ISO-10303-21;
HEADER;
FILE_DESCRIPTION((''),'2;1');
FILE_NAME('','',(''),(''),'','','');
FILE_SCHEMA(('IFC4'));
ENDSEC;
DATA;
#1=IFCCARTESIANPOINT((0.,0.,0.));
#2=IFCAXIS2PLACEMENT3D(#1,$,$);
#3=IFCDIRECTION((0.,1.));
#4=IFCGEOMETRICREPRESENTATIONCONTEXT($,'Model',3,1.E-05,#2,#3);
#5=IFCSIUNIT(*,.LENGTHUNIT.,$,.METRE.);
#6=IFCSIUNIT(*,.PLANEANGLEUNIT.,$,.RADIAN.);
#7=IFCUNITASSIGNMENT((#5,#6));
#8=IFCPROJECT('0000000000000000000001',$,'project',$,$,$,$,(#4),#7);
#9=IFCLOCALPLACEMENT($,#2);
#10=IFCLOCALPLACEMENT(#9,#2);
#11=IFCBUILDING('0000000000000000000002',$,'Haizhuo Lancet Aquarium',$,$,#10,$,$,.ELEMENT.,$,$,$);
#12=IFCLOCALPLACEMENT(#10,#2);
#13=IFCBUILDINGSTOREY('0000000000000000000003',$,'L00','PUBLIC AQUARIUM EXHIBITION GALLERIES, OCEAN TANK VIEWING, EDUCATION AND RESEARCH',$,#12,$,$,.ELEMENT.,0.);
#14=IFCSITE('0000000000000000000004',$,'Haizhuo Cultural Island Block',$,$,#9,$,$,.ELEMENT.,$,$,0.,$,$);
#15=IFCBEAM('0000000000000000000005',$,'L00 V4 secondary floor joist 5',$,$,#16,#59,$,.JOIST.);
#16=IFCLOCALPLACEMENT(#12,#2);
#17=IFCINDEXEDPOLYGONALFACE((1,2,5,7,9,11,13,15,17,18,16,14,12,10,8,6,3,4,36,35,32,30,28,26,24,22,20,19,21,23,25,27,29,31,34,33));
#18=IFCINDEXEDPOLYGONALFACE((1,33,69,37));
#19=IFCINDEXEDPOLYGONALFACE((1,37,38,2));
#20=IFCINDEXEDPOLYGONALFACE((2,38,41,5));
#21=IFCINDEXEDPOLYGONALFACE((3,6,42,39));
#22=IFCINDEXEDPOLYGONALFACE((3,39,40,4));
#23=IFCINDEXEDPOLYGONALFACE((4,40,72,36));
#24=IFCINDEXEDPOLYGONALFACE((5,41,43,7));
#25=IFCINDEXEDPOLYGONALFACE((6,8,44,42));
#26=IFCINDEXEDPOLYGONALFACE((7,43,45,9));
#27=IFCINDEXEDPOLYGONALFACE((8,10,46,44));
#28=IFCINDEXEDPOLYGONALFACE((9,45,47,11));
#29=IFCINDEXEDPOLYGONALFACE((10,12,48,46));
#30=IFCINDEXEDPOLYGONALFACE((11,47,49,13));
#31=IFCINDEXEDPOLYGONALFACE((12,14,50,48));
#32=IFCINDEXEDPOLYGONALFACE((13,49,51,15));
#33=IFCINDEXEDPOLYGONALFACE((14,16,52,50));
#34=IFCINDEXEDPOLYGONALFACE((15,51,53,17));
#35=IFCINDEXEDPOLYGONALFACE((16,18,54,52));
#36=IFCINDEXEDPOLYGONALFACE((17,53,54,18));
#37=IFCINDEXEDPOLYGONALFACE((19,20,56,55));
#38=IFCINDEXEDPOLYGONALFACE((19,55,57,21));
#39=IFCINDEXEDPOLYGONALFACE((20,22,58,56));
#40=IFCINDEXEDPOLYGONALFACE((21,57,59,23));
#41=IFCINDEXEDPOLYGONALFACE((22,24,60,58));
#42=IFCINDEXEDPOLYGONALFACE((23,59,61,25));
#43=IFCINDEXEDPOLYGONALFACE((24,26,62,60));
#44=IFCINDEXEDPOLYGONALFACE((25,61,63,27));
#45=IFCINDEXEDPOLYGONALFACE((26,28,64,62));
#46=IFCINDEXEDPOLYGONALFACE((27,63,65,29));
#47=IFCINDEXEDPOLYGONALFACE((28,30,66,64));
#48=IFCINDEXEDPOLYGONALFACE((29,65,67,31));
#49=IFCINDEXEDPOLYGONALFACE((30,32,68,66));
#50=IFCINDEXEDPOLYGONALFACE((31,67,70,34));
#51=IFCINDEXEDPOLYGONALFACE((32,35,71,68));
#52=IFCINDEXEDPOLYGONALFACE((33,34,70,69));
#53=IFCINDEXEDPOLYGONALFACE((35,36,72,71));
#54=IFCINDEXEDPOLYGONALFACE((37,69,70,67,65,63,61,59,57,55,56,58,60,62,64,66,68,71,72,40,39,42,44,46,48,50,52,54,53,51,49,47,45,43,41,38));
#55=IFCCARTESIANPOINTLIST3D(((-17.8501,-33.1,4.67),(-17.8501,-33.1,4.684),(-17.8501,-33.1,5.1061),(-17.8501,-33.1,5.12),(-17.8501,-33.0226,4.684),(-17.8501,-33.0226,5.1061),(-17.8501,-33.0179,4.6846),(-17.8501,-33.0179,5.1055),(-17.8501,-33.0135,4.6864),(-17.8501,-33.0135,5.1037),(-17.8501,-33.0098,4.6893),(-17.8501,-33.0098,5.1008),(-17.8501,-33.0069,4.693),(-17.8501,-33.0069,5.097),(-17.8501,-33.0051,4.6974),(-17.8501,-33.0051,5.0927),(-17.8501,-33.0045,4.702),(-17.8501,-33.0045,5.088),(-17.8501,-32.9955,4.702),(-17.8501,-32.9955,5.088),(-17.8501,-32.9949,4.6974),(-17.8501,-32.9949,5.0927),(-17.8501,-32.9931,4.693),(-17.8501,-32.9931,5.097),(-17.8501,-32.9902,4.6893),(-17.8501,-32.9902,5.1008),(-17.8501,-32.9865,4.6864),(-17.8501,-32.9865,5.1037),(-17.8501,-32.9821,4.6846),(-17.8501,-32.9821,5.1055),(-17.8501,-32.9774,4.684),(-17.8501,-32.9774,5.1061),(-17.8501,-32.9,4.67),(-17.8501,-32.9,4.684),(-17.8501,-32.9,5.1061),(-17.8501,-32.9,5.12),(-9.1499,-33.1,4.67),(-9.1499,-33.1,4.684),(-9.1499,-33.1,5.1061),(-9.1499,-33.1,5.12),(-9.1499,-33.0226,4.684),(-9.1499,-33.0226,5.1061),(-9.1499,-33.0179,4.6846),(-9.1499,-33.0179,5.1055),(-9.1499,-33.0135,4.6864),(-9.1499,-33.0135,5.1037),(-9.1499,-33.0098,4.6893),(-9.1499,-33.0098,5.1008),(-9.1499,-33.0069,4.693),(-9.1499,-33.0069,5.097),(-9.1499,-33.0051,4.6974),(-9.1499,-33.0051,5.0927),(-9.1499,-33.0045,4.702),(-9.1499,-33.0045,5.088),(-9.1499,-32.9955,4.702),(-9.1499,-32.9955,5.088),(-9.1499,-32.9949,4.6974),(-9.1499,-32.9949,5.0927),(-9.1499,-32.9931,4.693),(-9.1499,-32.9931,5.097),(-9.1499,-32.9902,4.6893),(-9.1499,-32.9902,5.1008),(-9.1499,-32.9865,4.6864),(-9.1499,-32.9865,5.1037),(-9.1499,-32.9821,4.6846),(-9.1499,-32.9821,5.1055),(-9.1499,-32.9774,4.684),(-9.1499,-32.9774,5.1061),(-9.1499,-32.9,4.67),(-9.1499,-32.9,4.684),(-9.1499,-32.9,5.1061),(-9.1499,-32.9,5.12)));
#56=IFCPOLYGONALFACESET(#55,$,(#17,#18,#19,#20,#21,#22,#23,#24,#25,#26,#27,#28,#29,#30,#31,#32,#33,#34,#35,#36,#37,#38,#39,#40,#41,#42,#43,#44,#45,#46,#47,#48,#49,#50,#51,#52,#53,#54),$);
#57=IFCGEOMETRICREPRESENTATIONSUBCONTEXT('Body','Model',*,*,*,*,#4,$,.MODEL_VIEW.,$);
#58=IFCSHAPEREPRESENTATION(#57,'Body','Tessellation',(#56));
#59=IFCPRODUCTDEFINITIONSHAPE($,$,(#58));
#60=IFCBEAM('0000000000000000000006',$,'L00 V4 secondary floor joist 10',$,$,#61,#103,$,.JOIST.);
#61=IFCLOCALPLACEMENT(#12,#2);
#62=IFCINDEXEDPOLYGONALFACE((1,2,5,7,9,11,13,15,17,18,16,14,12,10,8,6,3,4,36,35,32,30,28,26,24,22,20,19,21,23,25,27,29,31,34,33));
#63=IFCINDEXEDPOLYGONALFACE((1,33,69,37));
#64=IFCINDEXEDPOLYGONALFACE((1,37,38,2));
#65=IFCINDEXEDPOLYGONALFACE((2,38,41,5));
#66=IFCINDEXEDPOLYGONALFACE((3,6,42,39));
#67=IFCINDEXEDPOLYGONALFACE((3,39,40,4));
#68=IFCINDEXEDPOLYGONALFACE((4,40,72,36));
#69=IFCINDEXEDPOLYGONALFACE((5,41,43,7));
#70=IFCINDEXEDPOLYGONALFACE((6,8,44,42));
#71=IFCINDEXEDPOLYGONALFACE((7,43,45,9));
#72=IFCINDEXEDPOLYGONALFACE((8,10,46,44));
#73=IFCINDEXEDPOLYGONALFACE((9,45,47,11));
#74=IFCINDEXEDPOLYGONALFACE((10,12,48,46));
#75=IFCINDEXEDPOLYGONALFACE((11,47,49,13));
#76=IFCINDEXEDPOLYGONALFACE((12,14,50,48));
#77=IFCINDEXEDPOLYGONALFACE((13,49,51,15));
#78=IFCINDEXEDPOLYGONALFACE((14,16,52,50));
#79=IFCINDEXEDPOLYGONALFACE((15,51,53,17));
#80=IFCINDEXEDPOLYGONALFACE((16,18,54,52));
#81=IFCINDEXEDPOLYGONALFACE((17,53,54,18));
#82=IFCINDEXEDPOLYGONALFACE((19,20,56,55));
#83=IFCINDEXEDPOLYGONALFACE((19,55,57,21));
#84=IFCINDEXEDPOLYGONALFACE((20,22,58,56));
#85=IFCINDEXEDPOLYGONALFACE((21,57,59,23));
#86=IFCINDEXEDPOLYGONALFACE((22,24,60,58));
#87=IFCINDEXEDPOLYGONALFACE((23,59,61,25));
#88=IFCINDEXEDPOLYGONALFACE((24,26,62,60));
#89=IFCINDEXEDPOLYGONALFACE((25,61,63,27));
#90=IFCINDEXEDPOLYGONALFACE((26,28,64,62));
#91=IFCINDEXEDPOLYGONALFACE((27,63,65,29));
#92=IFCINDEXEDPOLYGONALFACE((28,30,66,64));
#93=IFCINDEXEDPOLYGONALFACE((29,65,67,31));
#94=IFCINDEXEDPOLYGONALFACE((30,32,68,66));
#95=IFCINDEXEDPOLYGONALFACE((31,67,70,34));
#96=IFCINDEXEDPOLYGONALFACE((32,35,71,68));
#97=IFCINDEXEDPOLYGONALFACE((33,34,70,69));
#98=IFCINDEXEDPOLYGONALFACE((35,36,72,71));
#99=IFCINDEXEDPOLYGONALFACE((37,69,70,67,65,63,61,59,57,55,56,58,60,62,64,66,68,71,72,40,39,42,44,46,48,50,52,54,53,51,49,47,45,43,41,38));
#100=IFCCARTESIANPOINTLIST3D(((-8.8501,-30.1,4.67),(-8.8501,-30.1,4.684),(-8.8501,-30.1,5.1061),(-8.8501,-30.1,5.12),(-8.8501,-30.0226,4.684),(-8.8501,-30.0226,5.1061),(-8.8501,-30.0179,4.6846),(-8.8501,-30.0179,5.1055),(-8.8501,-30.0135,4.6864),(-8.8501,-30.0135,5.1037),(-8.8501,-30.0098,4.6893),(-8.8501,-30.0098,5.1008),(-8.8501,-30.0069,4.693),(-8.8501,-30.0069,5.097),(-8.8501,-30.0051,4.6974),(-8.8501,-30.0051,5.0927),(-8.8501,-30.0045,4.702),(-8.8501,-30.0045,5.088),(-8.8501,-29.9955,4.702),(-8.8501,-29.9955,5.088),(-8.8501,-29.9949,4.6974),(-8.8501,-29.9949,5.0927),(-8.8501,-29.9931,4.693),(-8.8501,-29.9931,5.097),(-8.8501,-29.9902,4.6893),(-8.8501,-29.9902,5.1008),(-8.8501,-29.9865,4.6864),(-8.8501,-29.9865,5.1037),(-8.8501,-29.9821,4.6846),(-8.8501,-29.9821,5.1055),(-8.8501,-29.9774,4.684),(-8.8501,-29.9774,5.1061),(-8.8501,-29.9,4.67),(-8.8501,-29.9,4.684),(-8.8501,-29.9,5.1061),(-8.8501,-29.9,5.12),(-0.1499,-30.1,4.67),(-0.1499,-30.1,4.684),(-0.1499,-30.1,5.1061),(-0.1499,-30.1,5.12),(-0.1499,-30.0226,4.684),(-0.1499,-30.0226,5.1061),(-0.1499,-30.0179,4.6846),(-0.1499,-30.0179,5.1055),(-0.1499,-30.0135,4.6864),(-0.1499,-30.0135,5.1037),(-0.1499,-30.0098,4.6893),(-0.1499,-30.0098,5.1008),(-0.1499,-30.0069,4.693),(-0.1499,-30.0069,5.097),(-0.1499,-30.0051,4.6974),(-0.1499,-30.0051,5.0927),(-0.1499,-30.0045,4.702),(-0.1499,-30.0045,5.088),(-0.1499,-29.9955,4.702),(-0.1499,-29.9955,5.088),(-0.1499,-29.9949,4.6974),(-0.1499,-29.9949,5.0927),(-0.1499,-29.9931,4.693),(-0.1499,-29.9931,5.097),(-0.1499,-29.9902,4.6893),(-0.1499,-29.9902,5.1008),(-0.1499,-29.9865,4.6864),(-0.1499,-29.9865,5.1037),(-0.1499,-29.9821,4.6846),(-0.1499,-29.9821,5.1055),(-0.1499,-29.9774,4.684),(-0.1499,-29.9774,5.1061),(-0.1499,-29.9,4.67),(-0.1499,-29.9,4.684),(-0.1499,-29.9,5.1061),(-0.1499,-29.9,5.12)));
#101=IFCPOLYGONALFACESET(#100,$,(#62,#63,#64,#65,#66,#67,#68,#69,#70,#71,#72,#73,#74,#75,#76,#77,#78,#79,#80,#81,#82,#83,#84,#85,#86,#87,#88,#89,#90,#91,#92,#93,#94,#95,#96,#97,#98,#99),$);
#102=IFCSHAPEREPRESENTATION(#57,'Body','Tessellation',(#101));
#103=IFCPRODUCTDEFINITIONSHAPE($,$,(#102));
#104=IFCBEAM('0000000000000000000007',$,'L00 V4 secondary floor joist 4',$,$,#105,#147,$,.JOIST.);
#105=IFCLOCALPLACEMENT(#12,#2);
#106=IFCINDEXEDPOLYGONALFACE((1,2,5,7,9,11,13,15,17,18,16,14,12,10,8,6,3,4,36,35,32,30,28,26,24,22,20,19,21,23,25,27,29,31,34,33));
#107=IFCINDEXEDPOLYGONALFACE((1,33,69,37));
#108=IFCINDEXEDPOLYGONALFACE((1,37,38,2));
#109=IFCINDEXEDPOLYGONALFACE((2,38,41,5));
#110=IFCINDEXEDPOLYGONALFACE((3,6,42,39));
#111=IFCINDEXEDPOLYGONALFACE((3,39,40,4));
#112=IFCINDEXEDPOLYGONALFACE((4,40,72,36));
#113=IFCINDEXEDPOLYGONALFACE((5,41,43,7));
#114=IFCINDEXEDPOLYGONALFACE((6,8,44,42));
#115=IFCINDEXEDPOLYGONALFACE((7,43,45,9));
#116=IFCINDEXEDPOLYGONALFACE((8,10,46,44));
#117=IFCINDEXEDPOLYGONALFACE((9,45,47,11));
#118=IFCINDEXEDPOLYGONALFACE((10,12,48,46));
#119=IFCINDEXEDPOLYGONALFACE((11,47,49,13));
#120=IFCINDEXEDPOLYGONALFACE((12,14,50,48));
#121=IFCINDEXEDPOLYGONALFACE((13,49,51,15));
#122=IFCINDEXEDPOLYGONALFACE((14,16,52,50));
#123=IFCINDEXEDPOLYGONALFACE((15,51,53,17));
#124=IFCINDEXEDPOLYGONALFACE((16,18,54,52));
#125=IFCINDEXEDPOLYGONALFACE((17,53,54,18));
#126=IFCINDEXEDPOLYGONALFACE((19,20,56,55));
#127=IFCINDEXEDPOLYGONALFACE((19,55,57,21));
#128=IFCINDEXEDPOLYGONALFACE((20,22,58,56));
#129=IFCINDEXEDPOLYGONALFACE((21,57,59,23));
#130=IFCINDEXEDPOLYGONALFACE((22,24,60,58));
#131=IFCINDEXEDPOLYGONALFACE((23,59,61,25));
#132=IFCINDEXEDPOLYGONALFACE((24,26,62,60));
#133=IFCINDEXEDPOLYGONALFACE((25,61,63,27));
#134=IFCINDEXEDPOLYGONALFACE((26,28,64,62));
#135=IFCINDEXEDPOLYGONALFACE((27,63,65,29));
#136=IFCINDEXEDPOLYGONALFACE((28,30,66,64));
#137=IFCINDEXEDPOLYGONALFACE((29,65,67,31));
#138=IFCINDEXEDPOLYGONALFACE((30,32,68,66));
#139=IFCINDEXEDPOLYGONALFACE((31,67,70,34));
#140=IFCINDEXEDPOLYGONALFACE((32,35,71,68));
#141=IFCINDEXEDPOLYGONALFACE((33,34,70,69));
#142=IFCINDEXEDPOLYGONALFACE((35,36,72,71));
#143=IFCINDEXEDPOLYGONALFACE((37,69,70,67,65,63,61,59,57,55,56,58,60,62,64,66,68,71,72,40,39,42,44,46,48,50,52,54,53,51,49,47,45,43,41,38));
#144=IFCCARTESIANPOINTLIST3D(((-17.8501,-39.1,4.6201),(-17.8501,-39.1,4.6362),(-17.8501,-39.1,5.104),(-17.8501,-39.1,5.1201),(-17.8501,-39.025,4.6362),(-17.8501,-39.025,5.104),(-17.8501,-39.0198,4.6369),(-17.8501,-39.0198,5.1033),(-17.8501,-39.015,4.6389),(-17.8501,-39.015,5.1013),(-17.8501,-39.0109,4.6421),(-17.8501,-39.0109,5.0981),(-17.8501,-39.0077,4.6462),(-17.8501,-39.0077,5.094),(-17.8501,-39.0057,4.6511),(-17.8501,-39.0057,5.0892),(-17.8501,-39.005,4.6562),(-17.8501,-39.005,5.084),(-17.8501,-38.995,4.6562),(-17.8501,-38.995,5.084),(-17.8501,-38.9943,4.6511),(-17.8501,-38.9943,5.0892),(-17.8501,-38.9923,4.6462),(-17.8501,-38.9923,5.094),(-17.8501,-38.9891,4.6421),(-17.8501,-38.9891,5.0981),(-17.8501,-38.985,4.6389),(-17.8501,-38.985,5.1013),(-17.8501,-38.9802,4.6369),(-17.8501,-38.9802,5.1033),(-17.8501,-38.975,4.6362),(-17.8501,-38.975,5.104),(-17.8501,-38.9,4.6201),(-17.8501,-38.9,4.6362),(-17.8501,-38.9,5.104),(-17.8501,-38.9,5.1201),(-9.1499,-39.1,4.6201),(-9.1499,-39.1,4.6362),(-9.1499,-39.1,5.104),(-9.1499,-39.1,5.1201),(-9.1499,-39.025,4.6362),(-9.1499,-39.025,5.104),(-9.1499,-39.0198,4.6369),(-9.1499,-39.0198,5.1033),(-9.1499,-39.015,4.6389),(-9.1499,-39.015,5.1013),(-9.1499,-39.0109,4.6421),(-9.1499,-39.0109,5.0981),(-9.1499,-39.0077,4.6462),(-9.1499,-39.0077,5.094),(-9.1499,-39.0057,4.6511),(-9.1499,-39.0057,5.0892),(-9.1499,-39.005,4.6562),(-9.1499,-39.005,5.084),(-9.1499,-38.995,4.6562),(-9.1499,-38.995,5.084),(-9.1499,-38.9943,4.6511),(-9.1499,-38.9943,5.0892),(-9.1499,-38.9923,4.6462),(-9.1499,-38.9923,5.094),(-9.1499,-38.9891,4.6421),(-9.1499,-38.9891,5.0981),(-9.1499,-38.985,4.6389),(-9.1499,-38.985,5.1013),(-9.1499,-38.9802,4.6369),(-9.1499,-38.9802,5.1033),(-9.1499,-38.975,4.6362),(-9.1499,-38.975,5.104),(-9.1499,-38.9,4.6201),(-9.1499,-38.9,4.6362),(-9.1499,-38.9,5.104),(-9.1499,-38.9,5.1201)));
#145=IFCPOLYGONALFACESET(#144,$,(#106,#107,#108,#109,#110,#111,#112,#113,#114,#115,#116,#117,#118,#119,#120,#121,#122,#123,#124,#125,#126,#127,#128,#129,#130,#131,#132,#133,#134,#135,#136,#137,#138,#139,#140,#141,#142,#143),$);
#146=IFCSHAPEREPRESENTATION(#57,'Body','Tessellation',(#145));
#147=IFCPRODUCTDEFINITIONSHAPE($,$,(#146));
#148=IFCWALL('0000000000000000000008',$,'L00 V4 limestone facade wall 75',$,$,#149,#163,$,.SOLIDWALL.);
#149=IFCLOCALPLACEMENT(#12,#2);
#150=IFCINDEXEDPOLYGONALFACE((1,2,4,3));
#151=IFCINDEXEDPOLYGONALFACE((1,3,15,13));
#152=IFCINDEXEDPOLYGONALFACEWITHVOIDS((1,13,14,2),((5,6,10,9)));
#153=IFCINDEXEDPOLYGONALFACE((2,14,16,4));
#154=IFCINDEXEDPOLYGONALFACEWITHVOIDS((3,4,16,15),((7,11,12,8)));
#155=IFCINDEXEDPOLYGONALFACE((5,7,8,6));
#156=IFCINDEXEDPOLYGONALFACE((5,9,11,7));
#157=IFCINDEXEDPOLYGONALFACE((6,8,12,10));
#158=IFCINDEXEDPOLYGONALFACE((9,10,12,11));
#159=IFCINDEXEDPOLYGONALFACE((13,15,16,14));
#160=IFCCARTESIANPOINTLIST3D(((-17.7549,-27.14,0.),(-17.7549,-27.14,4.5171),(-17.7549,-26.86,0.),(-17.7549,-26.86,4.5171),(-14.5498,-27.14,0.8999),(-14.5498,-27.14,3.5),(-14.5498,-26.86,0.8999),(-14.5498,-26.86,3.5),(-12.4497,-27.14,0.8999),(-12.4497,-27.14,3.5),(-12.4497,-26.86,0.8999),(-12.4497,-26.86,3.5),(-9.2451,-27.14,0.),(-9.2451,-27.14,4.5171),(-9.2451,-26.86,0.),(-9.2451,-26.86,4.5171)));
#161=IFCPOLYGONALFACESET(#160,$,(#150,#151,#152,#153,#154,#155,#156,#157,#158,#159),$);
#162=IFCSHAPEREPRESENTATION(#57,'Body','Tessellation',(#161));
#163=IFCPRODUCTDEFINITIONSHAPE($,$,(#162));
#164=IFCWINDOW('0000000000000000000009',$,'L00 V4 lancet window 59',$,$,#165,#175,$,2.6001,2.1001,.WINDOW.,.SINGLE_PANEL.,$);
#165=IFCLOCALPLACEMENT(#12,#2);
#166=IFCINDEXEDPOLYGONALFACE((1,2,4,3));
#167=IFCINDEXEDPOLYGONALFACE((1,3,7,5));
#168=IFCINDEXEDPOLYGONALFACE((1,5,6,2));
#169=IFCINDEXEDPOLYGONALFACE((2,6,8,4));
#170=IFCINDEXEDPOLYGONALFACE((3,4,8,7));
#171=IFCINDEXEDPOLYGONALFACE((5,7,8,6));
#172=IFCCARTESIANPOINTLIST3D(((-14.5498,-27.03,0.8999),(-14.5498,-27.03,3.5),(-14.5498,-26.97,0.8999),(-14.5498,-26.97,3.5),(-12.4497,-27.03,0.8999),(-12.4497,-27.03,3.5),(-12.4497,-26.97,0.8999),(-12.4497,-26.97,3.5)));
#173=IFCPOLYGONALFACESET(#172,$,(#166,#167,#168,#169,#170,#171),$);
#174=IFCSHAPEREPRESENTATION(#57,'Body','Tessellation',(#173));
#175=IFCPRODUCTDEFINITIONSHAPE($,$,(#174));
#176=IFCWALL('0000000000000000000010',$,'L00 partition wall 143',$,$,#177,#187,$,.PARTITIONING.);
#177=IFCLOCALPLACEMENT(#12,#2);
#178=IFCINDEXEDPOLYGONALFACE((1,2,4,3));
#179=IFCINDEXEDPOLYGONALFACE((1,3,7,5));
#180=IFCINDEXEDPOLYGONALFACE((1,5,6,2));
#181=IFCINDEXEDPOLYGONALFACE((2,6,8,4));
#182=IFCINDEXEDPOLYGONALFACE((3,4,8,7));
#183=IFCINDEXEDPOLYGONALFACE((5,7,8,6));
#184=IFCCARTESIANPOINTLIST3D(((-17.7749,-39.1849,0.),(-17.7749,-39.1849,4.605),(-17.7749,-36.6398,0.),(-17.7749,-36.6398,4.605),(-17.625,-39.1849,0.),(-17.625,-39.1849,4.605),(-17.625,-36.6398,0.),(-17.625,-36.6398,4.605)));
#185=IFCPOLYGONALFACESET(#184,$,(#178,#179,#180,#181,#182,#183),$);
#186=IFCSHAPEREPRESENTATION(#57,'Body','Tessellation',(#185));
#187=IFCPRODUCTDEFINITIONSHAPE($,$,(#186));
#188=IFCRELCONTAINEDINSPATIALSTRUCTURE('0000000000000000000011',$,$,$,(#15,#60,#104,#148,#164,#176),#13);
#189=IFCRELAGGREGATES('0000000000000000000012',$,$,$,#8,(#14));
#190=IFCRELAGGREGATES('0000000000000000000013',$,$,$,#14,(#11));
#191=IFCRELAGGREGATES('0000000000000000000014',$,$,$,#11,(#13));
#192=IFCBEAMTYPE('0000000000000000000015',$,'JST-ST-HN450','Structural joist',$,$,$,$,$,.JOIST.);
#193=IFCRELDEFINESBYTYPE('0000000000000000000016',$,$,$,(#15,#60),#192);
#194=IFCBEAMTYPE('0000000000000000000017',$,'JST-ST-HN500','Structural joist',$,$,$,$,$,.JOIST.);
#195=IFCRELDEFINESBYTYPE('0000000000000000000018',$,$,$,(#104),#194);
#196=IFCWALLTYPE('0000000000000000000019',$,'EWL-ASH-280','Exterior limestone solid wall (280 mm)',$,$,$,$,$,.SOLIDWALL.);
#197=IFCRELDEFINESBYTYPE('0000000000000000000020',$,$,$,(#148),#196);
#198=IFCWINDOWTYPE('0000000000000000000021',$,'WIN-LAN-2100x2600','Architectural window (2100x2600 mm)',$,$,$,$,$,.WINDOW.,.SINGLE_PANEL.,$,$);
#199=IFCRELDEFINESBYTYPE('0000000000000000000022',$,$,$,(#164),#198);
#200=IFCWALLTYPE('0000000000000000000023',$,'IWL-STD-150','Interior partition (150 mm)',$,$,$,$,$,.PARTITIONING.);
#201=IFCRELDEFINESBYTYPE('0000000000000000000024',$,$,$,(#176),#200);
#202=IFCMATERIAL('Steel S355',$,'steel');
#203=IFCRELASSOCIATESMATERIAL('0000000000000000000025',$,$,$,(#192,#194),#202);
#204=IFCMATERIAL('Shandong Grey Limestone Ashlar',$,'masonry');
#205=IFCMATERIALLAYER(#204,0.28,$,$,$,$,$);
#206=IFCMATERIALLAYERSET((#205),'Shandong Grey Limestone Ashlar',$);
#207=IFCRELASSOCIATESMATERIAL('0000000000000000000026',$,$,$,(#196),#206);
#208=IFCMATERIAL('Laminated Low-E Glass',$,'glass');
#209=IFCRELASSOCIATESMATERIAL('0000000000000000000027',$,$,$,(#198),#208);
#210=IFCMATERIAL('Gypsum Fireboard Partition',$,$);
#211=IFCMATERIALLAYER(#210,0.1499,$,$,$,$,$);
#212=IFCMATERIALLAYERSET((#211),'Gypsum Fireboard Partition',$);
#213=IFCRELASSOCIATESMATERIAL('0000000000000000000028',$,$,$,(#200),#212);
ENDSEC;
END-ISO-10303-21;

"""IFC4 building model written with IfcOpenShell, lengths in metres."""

from ifc_helpers import new_model, si_unit, direction, frame, frame_2d, origin, origin_2d, place, context, subcontext, project, spatial, rectangle, i_section, extrude, material, layer, layer_set, material_profile, profile_set, type_object, element, fill, save


model = new_model("IFC4")

# Units and contexts
model_context = context("Model", 3, precision=1e-05, world=origin(), true_north=direction((0.0, 1.0)))
body_context = subcontext(model_context, "Body", "Model", "MODEL_VIEW")
ifc_project = project(units=[si_unit("LENGTHUNIT", "METRE"), si_unit("PLANEANGLEUNIT", "RADIAN")], contexts=[model_context])

# Site, building, storey
site_placement = place(None, origin())
site = spatial("IfcSite", under=ifc_project, at=site_placement, Name="Haizhuo Cultural Island Block", CompositionType="ELEMENT", RefElevation=0.0)
building_placement = place(site_placement, origin())
building = spatial("IfcBuilding", under=site, at=building_placement, Name="Haizhuo Lancet Aquarium", CompositionType="ELEMENT")
storey_placement = place(building_placement, origin())
storey = spatial("IfcBuildingStorey", under=building, at=storey_placement, Name="L00", Description="PUBLIC AQUARIUM EXHIBITION GALLERIES, OCEAN TANK VIEWING, EDUCATION AND RESEARCH", CompositionType="ELEMENT", Elevation=0.0)

# Shared definitions
ifc_material_1 = material(Name="Steel S355", Category="steel")

# Beams
ifc_material_profile_1 = material_profile(ifc_material_1, i_section(OverallWidth=0.2, OverallDepth=0.45, WebThickness=0.009, FlangeThickness=0.0139, FilletRadius=0.0181, at=origin_2d()), Name="HN 450x200x9x14")
ifc_profile_set_1 = profile_set([ifc_material_profile_1], Name="Steel S355")
beam_type_1 = type_object("IfcBeamType", Name="JST-ST-HN450", Description="Structural joist", PredefinedType="JOIST", material=ifc_profile_set_1)
for number, where, z_axis, x_axis, name in (
    (1, (-17.8501, -33.0, 4.895), (1.0, 0.0, 0.0), (0.0, 1.0, 0.0), "L00 V4 secondary floor joist 5"),
    (2, (-8.8501, -30.0, 4.895), (1.0, 0.0, 0.0), (0.0, 1.0, 0.0), "L00 V4 secondary floor joist 10"),
):
    element("IfcBeam", number, at=place(storey_placement, frame(where, z_axis=z_axis, x_axis=x_axis)), inside=storey, type_object=beam_type_1, Name=name, PredefinedType="JOIST", context=body_context, shape_type="SweptSolid", body=[
        extrude(i_section(OverallWidth=0.2, OverallDepth=0.45, WebThickness=0.009, FlangeThickness=0.0139, FilletRadius=0.0181, at=origin_2d()), origin(), (0.0, 0.0, 1.0), 8.7002),
    ])
ifc_material_profile_2 = material_profile(ifc_material_1, i_section(OverallWidth=0.2, OverallDepth=0.5, WebThickness=0.01, FlangeThickness=0.0161, FilletRadius=0.02, at=origin_2d()), Name="HN 500x200x10x16")
ifc_profile_set_2 = profile_set([ifc_material_profile_2], Name="Steel S355")
beam_type_2 = type_object("IfcBeamType", Name="JST-ST-HN500", Description="Structural joist", PredefinedType="JOIST", material=ifc_profile_set_2)
beam_1_placement = place(storey_placement, frame((-17.8501, -39.0, 4.8701), z_axis=(1.0, 0.0, 0.0), x_axis=(0.0, 1.0, 0.0)))
element("IfcBeam", 3, at=beam_1_placement, inside=storey, type_object=beam_type_2, Name="L00 V4 secondary floor joist 4", PredefinedType="JOIST", context=body_context, shape_type="SweptSolid", body=[
    extrude(i_section(OverallWidth=0.2, OverallDepth=0.5, WebThickness=0.01, FlangeThickness=0.0161, FilletRadius=0.02, at=origin_2d()), origin(), (0.0, 0.0, 1.0), 8.7002),
])

# Wall, opening, window
ifc_material_2 = material(Name="Shandong Grey Limestone Ashlar", Category="masonry")
ifc_layer_1 = layer(ifc_material_2, 0.28)
ifc_layer_set_1 = layer_set([ifc_layer_1], Name="Shandong Grey Limestone Ashlar")
wall_type_1 = type_object("IfcWallType", Name="EWL-ASH-280", Description="Exterior limestone solid wall (280 mm)", PredefinedType="SOLIDWALL", material=ifc_layer_set_1)
wall_1_placement = place(storey_placement, frame((-17.7549, -27.0, 0.0), z_axis=(0.0, 0.0, 1.0), x_axis=(1.0, 0.0, 0.0)))
wall_1 = element("IfcWall", 4, at=wall_1_placement, inside=storey, type_object=wall_type_1, Name="L00 V4 limestone facade wall 75", PredefinedType="SOLIDWALL", context=body_context, shape_type="SweptSolid", body=[
    extrude(rectangle(XDim=8.5098, YDim=0.28, at=frame_2d((4.2549, 0.0))), origin(), (0.0, 0.0, 1.0), 4.5171),
])
opening_placement = place(wall_1_placement, frame((3.2051, 0.0, 0.8999)))
opening = element("IfcOpeningElement", 5, at=opening_placement, cuts=wall_1, PredefinedType="OPENING", context=body_context, shape_type="SweptSolid", body=[
    extrude(rectangle(XDim=2.1001, YDim=2.6001, at=frame_2d((1.05, 1.3))), frame((0.0, 0.1499, 0.0), z_axis=(0.0, -1.0, 0.0), x_axis=(1.0, 0.0, 0.0)), (0.0, 0.0, 1.0), 0.3),
])
ifc_material_3 = material(Name="Laminated Low-E Glass", Category="glass")
window_type = type_object("IfcWindowType", Name="WIN-LAN-2100x2600", Description="Architectural window (2100x2600 mm)", PartitioningType="SINGLE_PANEL", PredefinedType="WINDOW", material=ifc_material_3)
window_placement = place(opening_placement, origin())
window = element("IfcWindow", 6, at=window_placement, inside=storey, type_object=window_type, Name="L00 V4 lancet window 59", OverallHeight=2.6001, OverallWidth=2.1001, PartitioningType="SINGLE_PANEL", PredefinedType="WINDOW", context=body_context, shape_type="SweptSolid", body=[
    extrude(rectangle(XDim=2.1001, YDim=2.6001, at=frame_2d((1.05, 1.3))), frame((0.0, 0.03, 0.0), z_axis=(0.0, -1.0, 0.0), x_axis=(1.0, 0.0, 0.0)), (0.0, 0.0, 1.0), 0.0601),
])
fill(opening, window)

# Wall
ifc_material_4 = material(Name="Gypsum Fireboard Partition")
ifc_layer_2 = layer(ifc_material_4, 0.1499)
ifc_layer_set_2 = layer_set([ifc_layer_2], Name="Gypsum Fireboard Partition")
wall_type_2 = type_object("IfcWallType", Name="IWL-STD-150", Description="Interior partition (150 mm)", PredefinedType="PARTITIONING", material=ifc_layer_set_2)
wall_2_placement = place(storey_placement, frame((-17.7, -36.6399, 0.0), z_axis=(0.0, 0.0, 1.0), x_axis=(0.0, -1.0, 0.0)))
element("IfcWall", 7, at=wall_2_placement, inside=storey, type_object=wall_type_2, Name="L00 partition wall 143", PredefinedType="PARTITIONING", context=body_context, shape_type="SweptSolid", body=[
    extrude(rectangle(XDim=2.5452, YDim=0.1499, at=frame_2d((1.2725, 0.0))), origin(), (0.0, 0.0, 1.0), 4.605),
])

save(model, "model.ifc")
